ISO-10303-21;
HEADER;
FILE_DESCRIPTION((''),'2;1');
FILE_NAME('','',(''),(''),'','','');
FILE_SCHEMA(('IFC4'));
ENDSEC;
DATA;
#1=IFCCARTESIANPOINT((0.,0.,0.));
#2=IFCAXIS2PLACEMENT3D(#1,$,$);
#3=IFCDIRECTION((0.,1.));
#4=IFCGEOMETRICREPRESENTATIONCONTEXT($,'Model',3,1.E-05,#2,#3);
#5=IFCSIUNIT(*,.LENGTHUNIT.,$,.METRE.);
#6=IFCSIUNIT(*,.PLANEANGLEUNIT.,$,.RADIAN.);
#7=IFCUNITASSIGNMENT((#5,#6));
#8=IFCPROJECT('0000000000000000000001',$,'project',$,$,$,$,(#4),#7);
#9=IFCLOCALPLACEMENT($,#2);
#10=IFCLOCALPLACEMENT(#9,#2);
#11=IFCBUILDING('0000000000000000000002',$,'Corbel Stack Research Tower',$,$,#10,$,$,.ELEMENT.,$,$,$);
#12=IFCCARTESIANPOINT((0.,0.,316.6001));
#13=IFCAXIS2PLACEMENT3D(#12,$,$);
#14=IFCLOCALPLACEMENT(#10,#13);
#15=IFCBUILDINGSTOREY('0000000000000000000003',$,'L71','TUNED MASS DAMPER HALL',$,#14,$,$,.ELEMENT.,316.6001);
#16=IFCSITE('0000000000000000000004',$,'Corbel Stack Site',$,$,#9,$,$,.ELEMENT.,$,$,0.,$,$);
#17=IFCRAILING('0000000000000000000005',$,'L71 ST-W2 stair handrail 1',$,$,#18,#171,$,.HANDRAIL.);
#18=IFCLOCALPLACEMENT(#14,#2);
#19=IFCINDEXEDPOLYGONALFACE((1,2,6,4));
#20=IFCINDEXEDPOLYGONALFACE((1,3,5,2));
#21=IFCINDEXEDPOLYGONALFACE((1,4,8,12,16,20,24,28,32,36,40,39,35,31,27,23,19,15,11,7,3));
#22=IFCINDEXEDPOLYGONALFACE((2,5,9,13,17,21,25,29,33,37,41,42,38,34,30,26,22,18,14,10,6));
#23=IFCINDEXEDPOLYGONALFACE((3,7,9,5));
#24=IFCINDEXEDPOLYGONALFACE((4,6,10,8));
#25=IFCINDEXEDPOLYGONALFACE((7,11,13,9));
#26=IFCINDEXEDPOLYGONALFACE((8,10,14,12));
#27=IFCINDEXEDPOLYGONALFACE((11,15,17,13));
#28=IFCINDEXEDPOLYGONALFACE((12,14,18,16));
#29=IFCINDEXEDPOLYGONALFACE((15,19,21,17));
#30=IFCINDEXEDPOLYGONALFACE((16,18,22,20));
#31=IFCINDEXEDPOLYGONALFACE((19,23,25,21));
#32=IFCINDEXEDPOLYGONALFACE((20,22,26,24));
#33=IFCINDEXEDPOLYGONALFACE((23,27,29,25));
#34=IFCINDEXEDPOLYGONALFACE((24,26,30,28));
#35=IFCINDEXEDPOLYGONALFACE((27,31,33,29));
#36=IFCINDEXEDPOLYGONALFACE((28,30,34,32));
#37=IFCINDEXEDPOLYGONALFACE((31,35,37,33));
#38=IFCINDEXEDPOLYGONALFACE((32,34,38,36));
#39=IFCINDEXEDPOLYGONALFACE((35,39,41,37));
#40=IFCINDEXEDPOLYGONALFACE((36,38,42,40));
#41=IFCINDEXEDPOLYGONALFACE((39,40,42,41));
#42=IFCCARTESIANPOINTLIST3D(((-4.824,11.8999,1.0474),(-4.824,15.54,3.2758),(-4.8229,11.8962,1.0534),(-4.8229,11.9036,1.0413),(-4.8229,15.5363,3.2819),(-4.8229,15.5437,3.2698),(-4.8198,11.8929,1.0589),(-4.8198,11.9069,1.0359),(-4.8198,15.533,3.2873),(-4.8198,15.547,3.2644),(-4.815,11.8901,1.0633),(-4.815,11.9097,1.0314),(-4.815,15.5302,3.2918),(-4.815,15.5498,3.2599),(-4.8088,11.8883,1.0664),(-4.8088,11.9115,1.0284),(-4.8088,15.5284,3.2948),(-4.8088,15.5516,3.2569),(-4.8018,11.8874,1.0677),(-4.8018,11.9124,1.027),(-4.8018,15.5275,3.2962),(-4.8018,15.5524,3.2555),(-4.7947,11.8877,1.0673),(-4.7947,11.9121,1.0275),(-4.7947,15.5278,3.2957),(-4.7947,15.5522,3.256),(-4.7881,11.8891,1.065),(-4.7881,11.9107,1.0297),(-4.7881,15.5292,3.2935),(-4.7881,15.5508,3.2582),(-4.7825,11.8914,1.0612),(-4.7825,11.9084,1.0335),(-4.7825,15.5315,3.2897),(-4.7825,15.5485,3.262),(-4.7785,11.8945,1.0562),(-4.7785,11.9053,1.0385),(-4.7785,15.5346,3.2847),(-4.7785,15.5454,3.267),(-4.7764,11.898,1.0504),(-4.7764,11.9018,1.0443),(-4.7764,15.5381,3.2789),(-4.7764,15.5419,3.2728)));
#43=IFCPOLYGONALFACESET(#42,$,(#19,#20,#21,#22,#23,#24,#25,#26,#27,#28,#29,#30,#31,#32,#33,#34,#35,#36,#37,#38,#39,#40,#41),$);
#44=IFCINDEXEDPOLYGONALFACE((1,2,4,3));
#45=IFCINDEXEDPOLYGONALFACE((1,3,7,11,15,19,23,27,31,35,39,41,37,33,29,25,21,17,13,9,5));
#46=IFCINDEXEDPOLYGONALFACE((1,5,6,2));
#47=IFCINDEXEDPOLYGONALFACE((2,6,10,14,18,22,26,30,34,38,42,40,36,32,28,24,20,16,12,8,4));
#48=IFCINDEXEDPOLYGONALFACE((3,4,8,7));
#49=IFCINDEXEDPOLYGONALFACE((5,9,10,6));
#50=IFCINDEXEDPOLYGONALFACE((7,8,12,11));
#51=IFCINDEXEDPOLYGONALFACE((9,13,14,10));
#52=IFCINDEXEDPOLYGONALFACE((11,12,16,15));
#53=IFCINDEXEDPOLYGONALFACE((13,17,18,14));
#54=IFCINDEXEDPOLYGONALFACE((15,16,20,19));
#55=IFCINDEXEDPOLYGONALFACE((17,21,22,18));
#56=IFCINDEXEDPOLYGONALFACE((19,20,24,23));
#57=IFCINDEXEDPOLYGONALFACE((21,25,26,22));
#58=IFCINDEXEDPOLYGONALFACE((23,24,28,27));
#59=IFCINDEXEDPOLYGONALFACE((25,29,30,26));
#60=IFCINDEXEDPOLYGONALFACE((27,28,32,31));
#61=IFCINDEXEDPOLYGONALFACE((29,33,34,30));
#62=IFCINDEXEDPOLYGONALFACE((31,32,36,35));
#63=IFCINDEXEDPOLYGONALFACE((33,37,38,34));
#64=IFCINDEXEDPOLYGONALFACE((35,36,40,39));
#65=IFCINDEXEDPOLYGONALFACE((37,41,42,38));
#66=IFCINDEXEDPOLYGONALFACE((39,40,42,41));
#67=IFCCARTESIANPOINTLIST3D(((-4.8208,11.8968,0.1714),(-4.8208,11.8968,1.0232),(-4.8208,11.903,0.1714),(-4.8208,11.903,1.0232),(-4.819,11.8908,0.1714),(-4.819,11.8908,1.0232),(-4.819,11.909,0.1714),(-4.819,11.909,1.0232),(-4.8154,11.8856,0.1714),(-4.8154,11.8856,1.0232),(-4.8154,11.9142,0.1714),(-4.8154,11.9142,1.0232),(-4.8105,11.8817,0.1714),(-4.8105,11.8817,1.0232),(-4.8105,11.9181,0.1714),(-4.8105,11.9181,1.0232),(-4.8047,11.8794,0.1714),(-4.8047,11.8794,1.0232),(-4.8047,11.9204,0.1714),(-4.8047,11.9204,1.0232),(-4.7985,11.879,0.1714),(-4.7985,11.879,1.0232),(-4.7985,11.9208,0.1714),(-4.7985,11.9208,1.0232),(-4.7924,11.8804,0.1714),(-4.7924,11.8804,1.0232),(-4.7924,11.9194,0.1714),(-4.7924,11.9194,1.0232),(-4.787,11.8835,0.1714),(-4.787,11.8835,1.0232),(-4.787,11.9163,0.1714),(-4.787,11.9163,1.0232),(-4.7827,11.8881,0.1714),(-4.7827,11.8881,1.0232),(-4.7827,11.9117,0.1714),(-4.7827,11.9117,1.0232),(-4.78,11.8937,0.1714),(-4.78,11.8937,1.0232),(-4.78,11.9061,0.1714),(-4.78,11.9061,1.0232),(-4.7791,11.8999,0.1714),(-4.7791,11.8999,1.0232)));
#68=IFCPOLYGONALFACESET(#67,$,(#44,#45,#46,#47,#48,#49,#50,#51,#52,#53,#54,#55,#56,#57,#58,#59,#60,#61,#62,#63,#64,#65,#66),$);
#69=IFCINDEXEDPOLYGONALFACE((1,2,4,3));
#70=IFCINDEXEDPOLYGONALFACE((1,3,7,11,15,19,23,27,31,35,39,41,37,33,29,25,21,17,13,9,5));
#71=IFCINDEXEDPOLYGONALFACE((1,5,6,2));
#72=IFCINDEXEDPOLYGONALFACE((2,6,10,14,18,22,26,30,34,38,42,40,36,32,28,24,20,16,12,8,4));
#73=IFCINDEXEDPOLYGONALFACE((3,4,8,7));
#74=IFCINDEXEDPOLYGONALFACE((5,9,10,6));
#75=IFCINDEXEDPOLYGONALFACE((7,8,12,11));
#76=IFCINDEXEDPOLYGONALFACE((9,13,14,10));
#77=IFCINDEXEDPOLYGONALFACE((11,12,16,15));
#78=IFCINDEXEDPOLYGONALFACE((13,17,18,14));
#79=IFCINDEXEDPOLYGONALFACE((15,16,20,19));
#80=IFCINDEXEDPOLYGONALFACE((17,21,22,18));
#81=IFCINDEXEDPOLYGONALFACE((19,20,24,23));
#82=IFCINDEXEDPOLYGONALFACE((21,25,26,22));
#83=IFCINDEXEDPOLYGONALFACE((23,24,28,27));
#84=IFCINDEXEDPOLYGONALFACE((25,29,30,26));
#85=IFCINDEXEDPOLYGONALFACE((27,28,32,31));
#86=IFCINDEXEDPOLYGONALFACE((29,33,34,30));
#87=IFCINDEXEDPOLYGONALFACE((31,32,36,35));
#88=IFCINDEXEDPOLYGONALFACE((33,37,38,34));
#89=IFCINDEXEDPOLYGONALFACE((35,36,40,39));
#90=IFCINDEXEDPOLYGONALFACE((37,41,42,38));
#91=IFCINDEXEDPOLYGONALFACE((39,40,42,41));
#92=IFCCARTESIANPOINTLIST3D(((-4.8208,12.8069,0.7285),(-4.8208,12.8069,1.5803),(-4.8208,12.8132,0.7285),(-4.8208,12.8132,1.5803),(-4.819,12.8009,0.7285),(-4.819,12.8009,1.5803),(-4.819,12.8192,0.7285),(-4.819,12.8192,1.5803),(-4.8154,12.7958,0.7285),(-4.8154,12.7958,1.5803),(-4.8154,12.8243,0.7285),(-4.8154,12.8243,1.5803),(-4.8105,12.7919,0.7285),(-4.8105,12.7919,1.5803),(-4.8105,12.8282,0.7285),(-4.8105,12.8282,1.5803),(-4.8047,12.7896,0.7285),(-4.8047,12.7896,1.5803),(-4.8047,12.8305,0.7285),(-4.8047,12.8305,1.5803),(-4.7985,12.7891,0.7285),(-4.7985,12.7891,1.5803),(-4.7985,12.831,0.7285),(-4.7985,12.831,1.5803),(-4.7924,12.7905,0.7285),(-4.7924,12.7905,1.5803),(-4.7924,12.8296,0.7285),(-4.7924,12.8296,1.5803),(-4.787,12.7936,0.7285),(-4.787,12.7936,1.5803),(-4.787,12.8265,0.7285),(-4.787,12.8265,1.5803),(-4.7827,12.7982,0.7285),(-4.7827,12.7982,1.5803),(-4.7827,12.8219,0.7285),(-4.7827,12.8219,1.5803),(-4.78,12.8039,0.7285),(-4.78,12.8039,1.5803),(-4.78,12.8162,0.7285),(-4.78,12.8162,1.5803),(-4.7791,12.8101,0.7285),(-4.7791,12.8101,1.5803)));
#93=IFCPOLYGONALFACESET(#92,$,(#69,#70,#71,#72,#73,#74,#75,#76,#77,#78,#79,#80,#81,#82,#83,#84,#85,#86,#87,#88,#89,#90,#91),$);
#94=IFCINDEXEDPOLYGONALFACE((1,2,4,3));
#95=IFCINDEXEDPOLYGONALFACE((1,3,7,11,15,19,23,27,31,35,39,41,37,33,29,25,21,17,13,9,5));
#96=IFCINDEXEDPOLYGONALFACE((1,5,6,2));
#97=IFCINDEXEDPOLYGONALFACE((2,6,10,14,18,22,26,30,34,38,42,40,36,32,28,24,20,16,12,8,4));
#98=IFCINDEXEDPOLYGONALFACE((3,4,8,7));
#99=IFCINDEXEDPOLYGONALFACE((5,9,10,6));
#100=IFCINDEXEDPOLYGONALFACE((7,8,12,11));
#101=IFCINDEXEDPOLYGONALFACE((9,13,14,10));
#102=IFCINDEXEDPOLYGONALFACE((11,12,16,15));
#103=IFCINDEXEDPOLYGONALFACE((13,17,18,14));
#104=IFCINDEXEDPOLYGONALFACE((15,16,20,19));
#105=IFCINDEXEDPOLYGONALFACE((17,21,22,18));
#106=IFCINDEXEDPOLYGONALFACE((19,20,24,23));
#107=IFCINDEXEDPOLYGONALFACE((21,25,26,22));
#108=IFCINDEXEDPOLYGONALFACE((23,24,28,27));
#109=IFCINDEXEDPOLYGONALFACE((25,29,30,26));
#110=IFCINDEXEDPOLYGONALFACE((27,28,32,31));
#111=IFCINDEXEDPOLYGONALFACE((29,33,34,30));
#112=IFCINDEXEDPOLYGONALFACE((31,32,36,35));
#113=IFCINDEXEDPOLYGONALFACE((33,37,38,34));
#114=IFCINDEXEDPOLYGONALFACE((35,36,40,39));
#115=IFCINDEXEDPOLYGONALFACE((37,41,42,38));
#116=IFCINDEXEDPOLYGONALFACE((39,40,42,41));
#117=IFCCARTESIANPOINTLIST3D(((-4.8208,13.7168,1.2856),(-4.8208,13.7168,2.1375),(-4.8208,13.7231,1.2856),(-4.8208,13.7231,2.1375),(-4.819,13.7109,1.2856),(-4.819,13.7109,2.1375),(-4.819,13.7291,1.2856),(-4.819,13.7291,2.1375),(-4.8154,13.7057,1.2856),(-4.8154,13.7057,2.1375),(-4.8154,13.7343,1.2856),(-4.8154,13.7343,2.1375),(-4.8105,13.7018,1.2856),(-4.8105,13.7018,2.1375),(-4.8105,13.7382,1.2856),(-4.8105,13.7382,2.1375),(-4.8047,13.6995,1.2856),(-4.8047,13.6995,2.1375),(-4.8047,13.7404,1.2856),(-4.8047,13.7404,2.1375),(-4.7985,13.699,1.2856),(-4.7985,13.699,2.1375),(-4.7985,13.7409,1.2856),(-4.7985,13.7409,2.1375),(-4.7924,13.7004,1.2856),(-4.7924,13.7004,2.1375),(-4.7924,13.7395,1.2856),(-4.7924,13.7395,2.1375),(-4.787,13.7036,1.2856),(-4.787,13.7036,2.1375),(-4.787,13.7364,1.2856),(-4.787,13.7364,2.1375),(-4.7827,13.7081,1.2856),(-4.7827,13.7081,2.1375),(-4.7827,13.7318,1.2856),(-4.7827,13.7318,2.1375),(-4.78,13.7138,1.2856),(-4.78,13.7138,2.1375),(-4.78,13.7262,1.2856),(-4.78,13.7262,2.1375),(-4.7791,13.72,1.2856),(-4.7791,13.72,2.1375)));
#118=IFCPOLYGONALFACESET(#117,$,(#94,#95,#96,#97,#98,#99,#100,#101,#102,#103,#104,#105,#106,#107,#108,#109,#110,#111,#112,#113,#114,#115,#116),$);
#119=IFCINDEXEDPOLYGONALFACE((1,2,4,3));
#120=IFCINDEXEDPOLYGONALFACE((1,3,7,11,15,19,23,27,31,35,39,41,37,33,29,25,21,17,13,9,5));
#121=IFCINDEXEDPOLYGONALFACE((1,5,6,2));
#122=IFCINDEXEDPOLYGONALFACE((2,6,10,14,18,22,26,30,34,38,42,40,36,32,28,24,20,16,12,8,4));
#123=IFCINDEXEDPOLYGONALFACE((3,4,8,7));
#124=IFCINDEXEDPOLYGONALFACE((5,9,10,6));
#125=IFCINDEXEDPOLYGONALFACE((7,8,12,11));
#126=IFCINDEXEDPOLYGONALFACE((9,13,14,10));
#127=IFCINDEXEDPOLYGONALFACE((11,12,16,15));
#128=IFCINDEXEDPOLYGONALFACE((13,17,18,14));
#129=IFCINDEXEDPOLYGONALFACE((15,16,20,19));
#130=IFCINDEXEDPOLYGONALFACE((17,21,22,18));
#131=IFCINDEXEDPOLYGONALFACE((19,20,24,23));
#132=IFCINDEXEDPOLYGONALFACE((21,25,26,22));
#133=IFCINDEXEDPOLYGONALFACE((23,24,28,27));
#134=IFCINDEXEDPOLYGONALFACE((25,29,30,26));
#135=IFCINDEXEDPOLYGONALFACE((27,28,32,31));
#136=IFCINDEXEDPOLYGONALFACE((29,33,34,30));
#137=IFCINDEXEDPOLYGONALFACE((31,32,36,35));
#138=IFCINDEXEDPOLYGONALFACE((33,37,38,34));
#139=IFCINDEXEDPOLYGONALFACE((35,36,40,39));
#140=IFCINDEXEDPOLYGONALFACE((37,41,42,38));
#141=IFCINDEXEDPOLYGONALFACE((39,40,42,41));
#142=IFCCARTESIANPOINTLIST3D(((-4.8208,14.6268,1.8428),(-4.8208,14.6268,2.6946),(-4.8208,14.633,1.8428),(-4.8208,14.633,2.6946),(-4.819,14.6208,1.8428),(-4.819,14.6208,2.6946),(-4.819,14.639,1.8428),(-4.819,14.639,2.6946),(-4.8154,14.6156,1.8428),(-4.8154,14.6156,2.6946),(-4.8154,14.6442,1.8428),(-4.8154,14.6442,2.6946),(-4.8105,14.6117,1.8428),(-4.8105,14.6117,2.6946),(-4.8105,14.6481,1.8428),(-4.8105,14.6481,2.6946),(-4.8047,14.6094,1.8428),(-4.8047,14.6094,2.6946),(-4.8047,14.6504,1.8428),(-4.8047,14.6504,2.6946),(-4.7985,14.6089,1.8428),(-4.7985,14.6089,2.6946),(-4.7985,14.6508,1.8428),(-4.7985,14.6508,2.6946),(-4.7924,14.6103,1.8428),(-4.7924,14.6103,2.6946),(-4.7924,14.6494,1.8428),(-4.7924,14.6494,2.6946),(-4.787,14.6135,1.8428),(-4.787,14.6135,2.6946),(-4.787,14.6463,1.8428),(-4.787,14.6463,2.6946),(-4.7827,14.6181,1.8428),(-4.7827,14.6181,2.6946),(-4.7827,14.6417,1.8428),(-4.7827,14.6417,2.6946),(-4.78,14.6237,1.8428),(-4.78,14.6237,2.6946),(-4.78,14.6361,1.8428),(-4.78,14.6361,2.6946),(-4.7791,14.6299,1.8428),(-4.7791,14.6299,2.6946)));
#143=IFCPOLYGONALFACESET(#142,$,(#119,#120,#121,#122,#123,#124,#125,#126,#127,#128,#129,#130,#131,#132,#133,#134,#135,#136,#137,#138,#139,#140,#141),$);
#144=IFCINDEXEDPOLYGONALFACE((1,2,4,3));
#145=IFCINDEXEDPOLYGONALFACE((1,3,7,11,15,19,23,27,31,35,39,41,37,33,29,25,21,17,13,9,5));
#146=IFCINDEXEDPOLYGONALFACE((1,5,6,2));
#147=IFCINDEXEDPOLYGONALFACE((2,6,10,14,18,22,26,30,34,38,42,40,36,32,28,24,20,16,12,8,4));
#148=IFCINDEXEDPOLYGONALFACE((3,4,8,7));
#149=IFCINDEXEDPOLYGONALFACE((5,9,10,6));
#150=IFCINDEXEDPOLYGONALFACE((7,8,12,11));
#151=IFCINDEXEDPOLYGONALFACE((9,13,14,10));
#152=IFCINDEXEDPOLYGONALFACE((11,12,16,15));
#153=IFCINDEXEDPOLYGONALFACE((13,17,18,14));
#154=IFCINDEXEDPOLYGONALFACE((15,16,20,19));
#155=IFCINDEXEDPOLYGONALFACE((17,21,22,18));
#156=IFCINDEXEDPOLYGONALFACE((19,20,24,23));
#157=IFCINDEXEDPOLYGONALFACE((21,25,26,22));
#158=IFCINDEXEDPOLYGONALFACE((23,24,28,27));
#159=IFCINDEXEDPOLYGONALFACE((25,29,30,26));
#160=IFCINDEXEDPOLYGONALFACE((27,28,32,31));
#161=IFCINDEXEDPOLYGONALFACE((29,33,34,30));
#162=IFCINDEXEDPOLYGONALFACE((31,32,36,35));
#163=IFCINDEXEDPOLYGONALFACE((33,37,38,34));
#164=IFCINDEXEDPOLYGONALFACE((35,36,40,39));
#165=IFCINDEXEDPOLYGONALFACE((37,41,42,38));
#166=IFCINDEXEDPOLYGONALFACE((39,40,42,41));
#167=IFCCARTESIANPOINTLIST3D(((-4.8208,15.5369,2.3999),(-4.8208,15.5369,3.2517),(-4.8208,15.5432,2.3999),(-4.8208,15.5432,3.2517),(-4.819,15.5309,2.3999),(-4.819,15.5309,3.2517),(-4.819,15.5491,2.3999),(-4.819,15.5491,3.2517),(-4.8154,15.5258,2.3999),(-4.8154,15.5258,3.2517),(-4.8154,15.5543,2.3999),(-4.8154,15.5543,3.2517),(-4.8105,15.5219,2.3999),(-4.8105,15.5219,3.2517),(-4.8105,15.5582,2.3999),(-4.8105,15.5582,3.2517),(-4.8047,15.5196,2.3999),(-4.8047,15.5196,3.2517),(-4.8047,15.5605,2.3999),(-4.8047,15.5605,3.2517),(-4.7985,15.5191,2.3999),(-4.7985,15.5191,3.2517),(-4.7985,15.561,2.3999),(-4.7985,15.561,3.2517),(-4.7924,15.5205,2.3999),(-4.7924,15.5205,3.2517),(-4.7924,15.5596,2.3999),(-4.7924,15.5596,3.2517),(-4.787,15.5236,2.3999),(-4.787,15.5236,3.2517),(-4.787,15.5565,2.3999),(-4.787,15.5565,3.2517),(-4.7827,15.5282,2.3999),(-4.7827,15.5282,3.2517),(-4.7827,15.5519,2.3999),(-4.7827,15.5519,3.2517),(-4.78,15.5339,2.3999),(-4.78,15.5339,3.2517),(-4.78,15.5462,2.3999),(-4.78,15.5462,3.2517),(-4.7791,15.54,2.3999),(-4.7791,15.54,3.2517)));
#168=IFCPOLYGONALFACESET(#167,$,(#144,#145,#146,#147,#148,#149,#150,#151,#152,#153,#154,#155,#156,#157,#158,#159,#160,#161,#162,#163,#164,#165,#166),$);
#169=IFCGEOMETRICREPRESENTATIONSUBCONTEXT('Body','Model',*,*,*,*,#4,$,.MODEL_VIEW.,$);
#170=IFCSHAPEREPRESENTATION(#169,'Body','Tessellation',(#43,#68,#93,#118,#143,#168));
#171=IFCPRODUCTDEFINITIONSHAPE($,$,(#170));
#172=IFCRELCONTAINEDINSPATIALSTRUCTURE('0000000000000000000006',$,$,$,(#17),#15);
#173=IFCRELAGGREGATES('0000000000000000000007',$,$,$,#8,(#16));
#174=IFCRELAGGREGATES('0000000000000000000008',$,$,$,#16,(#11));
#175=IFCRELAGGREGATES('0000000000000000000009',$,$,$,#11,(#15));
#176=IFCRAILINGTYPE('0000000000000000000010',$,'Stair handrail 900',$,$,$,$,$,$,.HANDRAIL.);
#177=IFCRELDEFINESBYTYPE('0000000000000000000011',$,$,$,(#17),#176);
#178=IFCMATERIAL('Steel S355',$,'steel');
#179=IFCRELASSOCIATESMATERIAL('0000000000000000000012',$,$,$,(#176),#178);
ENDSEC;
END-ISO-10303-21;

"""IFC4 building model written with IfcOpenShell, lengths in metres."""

from ifc_helpers import new_model, si_unit, direction, frame, origin, origin_2d, place, context, subcontext, project, spatial, circle, extrude, material, type_object, element, save


model = new_model("IFC4")

# Units and contexts
model_context = context("Model", 3, precision=1e-05, world=origin(), true_north=direction((0.0, 1.0)))
body_context = subcontext(model_context, "Body", "Model", "MODEL_VIEW")
ifc_project = project(units=[si_unit("LENGTHUNIT", "METRE"), si_unit("PLANEANGLEUNIT", "RADIAN")], contexts=[model_context])

# Site, building, storey
site_placement = place(None, origin())
site = spatial("IfcSite", under=ifc_project, at=site_placement, Name="Corbel Stack Site", CompositionType="ELEMENT", RefElevation=0.0)
building_placement = place(site_placement, origin())
building = spatial("IfcBuilding", under=site, at=building_placement, Name="Corbel Stack Research Tower", CompositionType="ELEMENT")
storey_placement = place(building_placement, frame((0.0, 0.0, 316.6001)))
storey = spatial("IfcBuildingStorey", under=building, at=storey_placement, Name="L71", Description="TUNED MASS DAMPER HALL", CompositionType="ELEMENT", Elevation=316.6001)

# Railing
ifc_material_1 = material(Name="Steel S355", Category="steel")
railing_type_1 = type_object("IfcRailingType", Name="Stair handrail 900", PredefinedType="HANDRAIL", material=ifc_material_1)
railing_1_placement = place(storey_placement, frame((-4.8, 11.8999, 0.1714)))
element("IfcRailing", 1, at=railing_1_placement, inside=storey, type_object=railing_type_1, Name="L71 ST-W2 stair handrail 1", PredefinedType="HANDRAIL", context=body_context, shape_type="SweptSolid", body=[
    extrude(circle(Radius=0.0239, at=origin_2d()), frame((0.0, 0.0, 0.876), z_axis=(0.0, 0.852866, 0.52213), x_axis=(-1.0, 0.0, 0.0)), (0.0, 0.0, 1.0), 4.2681),
    extrude(circle(Radius=0.021, at=origin_2d()), origin(), (0.0, 0.0, 1.0), 0.8518),
    extrude(circle(Radius=0.021, at=origin_2d()), frame((0.0, 0.9102, 0.5571)), (0.0, 0.0, 1.0), 0.8518),
    extrude(circle(Radius=0.021, at=origin_2d()), frame((0.0, 1.8201, 1.1143)), (0.0, 0.0, 1.0), 0.8518),
    extrude(circle(Radius=0.021, at=origin_2d()), frame((0.0, 2.73, 1.6714)), (0.0, 0.0, 1.0), 0.8518),
    extrude(circle(Radius=0.021, at=origin_2d()), frame((0.0, 3.6401, 2.2285)), (0.0, 0.0, 1.0), 0.8518),
])

save(model, "model.ifc")
